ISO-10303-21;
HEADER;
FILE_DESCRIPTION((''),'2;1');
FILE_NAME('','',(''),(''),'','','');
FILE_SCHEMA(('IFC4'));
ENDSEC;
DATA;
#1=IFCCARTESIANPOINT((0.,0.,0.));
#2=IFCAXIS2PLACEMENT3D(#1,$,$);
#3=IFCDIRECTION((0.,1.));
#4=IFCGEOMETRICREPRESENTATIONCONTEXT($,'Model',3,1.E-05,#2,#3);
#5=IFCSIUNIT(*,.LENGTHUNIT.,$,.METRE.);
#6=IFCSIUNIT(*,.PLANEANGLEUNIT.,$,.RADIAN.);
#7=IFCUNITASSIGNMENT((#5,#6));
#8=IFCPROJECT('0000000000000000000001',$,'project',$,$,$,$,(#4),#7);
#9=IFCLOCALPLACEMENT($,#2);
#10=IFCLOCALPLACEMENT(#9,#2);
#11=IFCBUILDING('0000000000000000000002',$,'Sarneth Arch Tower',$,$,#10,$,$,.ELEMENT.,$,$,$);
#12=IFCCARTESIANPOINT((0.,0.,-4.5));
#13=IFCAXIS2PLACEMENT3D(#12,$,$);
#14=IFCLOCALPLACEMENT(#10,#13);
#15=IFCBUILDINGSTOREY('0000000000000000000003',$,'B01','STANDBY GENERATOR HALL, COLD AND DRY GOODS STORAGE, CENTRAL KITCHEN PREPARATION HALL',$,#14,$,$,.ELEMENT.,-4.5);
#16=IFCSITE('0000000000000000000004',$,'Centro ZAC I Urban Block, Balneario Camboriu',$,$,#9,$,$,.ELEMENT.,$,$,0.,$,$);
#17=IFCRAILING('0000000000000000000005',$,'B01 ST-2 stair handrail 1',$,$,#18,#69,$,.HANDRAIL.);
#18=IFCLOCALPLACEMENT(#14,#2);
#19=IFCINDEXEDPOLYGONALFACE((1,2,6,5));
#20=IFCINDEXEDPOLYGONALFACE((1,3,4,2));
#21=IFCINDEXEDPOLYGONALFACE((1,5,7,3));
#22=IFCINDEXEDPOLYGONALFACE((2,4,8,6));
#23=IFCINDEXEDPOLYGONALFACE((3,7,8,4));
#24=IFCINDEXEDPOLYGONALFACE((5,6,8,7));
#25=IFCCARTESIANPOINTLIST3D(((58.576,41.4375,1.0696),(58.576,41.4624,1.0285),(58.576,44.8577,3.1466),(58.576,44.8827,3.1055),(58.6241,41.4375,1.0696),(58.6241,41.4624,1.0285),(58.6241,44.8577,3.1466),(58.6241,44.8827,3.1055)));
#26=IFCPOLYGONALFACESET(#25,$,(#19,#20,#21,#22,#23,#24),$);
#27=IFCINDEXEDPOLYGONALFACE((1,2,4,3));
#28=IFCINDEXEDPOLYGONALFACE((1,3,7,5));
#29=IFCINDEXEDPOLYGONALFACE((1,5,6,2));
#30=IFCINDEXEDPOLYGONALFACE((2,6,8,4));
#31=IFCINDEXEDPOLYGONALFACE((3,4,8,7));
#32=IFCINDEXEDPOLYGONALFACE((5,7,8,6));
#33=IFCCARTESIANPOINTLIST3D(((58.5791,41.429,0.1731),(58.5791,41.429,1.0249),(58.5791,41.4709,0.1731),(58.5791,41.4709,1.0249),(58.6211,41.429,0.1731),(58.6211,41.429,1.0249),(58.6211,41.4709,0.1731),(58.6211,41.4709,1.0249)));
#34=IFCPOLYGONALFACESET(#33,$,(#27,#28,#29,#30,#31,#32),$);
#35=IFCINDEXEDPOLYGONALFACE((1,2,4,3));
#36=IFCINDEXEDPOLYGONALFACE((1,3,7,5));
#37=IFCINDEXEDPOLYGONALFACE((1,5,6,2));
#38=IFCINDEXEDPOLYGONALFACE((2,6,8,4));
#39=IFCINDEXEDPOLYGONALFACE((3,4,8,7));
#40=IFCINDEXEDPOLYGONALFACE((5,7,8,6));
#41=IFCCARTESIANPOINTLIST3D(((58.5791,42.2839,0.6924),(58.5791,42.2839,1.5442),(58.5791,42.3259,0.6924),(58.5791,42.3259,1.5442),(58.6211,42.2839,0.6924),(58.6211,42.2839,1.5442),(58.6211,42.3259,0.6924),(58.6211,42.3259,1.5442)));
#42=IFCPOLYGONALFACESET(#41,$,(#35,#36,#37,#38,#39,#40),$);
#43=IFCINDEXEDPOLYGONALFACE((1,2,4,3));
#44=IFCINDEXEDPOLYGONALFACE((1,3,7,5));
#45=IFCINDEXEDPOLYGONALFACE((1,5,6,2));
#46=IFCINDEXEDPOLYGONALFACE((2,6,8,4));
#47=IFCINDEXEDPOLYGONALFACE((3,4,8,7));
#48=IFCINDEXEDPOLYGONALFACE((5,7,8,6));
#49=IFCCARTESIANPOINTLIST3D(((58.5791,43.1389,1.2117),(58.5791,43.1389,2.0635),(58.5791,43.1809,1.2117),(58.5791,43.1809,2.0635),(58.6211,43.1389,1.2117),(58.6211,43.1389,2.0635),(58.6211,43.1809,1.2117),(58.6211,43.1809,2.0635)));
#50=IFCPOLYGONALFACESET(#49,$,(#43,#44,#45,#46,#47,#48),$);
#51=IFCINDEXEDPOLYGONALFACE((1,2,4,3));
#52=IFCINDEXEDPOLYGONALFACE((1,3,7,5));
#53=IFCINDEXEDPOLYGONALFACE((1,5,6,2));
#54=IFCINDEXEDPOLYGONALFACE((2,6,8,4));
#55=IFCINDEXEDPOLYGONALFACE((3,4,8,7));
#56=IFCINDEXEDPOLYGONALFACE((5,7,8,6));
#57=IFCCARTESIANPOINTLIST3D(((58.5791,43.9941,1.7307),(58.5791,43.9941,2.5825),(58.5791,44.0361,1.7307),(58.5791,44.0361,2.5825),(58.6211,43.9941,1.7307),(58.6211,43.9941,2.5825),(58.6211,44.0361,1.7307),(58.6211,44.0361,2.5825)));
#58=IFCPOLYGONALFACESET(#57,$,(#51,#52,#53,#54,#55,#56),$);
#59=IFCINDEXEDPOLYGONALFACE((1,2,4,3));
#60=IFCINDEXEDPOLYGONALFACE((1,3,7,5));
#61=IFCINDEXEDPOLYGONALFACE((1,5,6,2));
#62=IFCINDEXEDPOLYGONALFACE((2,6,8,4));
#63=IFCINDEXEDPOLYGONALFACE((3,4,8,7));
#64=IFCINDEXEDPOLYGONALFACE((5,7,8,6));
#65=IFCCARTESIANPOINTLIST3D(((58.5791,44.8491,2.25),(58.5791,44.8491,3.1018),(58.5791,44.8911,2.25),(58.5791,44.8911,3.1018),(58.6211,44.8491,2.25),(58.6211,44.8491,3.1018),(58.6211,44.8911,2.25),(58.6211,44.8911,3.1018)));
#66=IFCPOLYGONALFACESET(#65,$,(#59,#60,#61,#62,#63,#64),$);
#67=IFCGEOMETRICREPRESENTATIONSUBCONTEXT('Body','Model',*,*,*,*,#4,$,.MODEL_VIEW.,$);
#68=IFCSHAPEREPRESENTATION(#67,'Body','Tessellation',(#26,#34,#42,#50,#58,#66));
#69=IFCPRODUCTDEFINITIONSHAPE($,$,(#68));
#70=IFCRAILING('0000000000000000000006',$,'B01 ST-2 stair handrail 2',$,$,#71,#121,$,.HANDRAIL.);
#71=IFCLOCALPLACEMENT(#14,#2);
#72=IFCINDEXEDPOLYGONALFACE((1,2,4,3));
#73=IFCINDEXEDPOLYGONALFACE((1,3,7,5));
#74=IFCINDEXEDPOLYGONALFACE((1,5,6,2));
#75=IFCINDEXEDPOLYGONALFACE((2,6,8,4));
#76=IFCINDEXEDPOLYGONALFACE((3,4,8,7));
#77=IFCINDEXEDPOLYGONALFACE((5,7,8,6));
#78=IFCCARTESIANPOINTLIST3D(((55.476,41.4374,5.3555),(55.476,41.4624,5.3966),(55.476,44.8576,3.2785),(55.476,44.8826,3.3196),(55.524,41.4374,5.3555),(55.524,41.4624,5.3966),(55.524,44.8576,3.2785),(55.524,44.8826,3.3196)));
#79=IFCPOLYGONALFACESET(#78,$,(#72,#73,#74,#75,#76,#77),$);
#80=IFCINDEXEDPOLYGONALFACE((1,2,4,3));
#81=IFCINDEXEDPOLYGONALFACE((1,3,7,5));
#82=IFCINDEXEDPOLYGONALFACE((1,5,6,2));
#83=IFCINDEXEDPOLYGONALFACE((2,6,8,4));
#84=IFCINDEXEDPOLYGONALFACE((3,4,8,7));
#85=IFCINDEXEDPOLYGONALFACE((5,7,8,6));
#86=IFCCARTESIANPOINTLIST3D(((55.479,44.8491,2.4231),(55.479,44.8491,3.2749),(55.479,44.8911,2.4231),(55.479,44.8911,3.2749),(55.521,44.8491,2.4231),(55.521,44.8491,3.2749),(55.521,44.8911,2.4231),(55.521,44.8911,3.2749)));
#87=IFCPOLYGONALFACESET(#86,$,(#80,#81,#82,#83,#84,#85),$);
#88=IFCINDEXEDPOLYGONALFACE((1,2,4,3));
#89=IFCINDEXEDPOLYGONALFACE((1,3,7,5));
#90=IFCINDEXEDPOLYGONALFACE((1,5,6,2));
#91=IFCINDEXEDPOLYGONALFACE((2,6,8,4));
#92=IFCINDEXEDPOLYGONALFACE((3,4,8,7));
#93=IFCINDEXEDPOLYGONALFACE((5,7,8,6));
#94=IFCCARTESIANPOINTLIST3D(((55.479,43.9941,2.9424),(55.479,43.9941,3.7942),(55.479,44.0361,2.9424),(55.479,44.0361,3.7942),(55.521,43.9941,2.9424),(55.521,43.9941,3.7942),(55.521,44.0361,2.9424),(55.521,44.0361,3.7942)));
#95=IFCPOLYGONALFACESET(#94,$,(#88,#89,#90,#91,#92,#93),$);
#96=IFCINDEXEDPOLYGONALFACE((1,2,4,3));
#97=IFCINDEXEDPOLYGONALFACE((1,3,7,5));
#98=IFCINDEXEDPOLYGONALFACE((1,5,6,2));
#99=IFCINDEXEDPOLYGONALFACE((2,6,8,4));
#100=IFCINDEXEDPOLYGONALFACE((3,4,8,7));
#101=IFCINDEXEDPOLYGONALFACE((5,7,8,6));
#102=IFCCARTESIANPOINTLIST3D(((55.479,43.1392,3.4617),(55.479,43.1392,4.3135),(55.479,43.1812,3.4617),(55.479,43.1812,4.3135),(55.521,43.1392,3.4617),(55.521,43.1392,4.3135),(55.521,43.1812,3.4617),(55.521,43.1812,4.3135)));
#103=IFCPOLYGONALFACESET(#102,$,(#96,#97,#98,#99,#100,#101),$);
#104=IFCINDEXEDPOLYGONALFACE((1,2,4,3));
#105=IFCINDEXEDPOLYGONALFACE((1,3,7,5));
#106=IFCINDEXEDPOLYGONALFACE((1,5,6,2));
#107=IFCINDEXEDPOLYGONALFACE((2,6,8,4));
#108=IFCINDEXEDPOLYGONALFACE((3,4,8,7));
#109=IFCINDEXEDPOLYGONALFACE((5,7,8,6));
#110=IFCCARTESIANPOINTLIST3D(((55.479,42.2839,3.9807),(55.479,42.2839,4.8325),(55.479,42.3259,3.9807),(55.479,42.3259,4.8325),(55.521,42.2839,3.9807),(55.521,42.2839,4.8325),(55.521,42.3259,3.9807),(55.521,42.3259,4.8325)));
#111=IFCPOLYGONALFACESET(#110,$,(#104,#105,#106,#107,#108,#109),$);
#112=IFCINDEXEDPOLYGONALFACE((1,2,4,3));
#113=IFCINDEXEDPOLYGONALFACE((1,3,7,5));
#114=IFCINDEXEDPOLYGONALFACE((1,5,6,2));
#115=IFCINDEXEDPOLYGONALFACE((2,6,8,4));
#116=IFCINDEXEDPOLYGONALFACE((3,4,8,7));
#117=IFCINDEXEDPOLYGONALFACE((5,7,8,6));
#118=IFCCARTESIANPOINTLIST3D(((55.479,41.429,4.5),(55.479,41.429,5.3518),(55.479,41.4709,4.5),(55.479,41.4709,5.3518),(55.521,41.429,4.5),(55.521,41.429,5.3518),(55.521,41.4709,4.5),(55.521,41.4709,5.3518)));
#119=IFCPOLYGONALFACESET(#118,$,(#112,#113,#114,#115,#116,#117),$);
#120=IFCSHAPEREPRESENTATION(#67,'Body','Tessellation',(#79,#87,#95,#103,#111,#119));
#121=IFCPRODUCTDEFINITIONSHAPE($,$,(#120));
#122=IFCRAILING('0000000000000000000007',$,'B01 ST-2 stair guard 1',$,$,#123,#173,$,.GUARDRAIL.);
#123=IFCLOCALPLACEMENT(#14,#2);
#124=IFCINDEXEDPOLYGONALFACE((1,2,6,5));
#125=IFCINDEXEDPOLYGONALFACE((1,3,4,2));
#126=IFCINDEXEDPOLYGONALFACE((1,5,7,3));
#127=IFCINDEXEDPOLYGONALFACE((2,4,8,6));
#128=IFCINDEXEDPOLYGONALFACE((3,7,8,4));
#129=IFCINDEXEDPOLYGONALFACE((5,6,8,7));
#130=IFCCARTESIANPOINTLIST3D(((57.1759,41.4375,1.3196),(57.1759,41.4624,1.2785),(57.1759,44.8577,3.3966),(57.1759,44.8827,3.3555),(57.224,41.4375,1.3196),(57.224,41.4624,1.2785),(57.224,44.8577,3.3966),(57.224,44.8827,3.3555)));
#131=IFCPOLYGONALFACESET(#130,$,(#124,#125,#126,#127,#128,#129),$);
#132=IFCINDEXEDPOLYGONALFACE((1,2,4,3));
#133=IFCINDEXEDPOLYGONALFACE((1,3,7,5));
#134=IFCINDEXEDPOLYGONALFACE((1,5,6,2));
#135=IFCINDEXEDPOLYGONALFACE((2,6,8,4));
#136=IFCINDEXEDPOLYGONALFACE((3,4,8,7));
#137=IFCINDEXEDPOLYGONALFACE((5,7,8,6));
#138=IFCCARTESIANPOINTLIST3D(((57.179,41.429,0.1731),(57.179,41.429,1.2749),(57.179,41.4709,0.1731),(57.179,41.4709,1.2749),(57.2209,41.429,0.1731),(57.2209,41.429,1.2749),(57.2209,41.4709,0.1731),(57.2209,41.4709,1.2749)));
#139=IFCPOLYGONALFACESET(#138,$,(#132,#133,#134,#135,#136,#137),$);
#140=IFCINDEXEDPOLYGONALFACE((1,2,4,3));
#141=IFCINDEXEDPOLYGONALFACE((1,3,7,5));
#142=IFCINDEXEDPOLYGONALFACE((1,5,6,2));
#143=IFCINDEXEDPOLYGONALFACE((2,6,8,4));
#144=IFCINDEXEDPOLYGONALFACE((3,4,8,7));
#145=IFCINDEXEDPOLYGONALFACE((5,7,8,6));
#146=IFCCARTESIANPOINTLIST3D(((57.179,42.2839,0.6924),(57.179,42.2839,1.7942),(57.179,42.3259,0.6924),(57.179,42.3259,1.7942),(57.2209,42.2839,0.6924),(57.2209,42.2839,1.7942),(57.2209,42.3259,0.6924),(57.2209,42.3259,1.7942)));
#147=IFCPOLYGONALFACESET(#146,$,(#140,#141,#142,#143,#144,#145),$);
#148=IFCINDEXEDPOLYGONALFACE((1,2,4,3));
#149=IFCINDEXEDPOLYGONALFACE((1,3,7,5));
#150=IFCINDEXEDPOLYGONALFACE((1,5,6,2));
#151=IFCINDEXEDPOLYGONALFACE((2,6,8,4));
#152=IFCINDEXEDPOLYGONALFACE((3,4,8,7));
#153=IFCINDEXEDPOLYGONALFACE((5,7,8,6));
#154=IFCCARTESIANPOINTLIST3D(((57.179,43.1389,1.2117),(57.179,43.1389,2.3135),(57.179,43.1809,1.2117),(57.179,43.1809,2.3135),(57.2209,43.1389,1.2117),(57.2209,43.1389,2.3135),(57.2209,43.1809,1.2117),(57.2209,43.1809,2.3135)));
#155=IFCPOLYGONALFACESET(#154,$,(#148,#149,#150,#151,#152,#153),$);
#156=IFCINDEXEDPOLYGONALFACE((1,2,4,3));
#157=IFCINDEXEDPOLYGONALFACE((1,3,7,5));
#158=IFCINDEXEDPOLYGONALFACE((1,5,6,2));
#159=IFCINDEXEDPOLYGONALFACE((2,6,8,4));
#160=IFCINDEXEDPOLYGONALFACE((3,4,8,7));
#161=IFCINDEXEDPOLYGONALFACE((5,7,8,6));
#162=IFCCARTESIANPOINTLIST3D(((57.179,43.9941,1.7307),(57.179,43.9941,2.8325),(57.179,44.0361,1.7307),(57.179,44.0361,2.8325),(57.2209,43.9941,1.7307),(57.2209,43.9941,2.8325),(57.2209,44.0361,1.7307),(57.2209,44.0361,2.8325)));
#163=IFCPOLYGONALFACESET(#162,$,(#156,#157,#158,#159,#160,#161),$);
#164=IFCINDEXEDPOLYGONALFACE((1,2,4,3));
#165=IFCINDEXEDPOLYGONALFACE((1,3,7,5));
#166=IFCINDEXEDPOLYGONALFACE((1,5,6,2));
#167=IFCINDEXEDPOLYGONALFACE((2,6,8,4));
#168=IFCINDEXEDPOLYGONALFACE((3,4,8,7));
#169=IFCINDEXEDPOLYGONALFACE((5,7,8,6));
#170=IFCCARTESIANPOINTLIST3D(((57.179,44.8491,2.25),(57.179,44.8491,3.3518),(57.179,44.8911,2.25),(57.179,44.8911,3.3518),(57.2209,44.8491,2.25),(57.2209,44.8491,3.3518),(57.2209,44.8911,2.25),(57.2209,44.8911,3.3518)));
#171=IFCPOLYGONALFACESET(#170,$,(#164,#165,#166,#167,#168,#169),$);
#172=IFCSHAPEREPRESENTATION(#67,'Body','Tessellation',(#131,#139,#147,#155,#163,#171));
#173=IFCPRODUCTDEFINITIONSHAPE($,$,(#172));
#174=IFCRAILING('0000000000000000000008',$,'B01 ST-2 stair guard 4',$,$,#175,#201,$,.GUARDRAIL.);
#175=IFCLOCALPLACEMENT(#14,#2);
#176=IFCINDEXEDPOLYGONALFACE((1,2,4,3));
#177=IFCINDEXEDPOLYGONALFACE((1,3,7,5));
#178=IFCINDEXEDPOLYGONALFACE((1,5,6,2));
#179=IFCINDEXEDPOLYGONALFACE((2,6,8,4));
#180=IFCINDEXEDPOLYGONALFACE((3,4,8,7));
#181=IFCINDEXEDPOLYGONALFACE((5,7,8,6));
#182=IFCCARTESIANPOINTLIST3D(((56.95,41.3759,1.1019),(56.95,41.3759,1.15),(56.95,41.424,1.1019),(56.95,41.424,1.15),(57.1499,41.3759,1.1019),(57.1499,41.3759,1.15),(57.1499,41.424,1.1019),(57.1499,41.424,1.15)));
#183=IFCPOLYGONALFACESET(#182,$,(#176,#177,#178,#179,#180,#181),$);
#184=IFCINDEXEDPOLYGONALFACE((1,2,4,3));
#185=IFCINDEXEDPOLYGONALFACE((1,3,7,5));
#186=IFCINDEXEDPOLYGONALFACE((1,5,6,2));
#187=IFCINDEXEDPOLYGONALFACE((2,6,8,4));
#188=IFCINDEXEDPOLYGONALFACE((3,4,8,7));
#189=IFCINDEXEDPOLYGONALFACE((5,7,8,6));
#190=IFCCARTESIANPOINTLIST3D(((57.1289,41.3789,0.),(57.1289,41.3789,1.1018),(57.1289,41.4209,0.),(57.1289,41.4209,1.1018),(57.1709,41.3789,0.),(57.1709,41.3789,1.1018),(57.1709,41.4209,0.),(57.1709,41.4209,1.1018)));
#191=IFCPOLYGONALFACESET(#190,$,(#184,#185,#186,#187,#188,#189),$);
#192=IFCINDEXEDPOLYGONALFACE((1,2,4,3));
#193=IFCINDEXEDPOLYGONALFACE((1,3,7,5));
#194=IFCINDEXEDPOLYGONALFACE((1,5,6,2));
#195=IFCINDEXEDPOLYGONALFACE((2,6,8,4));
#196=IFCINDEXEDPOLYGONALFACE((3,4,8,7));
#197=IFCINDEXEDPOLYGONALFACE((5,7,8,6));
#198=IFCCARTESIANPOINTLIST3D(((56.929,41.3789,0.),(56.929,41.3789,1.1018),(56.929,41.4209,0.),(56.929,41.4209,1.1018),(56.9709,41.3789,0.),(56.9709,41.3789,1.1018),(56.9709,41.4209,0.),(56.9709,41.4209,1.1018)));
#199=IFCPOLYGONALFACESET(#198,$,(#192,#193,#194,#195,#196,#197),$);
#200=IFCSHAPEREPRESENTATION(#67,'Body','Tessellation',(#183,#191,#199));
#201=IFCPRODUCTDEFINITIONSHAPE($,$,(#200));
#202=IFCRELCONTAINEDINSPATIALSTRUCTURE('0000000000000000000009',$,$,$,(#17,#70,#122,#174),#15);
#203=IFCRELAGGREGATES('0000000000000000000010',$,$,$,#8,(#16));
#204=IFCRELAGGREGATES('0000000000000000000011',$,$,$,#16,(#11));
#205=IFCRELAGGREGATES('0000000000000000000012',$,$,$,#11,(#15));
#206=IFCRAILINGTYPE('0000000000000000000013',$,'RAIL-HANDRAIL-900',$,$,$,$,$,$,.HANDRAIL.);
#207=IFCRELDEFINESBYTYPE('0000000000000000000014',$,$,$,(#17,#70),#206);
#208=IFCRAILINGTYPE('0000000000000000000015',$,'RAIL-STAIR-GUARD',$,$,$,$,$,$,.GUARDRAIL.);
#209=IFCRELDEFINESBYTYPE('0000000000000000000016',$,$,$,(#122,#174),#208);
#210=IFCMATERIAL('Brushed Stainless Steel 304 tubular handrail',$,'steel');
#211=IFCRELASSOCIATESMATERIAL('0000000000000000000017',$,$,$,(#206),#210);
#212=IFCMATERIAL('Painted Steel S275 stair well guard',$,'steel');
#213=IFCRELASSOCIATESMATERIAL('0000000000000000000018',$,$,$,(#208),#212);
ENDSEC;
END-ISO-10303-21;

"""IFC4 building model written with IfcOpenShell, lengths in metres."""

from ifc_helpers import new_model, si_unit, direction, frame, origin, origin_2d, place, context, subcontext, project, spatial, rectangle, extrude, material, type_object, element, save


model = new_model("IFC4")

# Units and contexts
model_context = context("Model", 3, precision=1e-05, world=origin(), true_north=direction((0.0, 1.0)))
body_context = subcontext(model_context, "Body", "Model", "MODEL_VIEW")
ifc_project = project(units=[si_unit("LENGTHUNIT", "METRE"), si_unit("PLANEANGLEUNIT", "RADIAN")], contexts=[model_context])

# Site, building, storey
site_placement = place(None, origin())
site = spatial("IfcSite", under=ifc_project, at=site_placement, Name="Centro ZAC I Urban Block, Balneario Camboriu", CompositionType="ELEMENT", RefElevation=0.0)
building_placement = place(site_placement, origin())
building = spatial("IfcBuilding", under=site, at=building_placement, Name="Sarneth Arch Tower", CompositionType="ELEMENT")
storey_placement = place(building_placement, frame((0.0, 0.0, -4.5)))
storey = spatial("IfcBuildingStorey", under=building, at=storey_placement, Name="B01", Description="STANDBY GENERATOR HALL, COLD AND DRY GOODS STORAGE, CENTRAL KITCHEN PREPARATION HALL", CompositionType="ELEMENT", Elevation=-4.5)

# Railings
ifc_material_1 = material(Name="Brushed Stainless Steel 304 tubular handrail", Category="steel")
railing_type_1 = type_object("IfcRailingType", Name="RAIL-HANDRAIL-900", PredefinedType="HANDRAIL", material=ifc_material_1)
railing_1_placement = place(storey_placement, frame((58.6001, 41.45, 0.1731)))
element("IfcRailing", 1, at=railing_1_placement, inside=storey, type_object=railing_type_1, Name="B01 ST-2 stair handrail 1", PredefinedType="HANDRAIL", context=body_context, shape_type="SweptSolid", body=[
    extrude(rectangle(XDim=0.0481, YDim=0.0481, at=origin_2d()), frame((0.0, 0.0, 0.876), z_axis=(0.0, 0.854746, 0.519047), x_axis=(-1.0, 0.0, 0.0)), (0.0, 0.0, 1.0), 4.0015),
    extrude(rectangle(XDim=0.042, YDim=0.042, at=origin_2d()), origin(), (0.0, 0.0, 1.0), 0.8518),
    extrude(rectangle(XDim=0.042, YDim=0.042, at=origin_2d()), frame((0.0, 0.855, 0.5193)), (0.0, 0.0, 1.0), 0.8518),
    extrude(rectangle(XDim=0.042, YDim=0.042, at=origin_2d()), frame((0.0, 1.71, 1.0386)), (0.0, 0.0, 1.0), 0.8518),
    extrude(rectangle(XDim=0.042, YDim=0.042, at=origin_2d()), frame((0.0, 2.5652, 1.5576)), (0.0, 0.0, 1.0), 0.8518),
    extrude(rectangle(XDim=0.042, YDim=0.042, at=origin_2d()), frame((0.0, 3.4202, 2.0769)), (0.0, 0.0, 1.0), 0.8518),
])
railing_2_placement = place(storey_placement, frame((55.5, 44.8701, 2.4231)))
element("IfcRailing", 2, at=railing_2_placement, inside=storey, type_object=railing_type_1, Name="B01 ST-2 stair handrail 2", PredefinedType="HANDRAIL", context=body_context, shape_type="SweptSolid", body=[
    extrude(rectangle(XDim=0.0481, YDim=0.0481, at=origin_2d()), frame((0.0, 0.0, 0.876), z_axis=(0.0, -0.854746, 0.519047), x_axis=(1.0, 0.0, 0.0)), (0.0, 0.0, 1.0), 4.0015),
    extrude(rectangle(XDim=0.042, YDim=0.042, at=origin_2d()), origin(), (0.0, 0.0, 1.0), 0.8518),
    extrude(rectangle(XDim=0.042, YDim=0.042, at=origin_2d()), frame((0.0, -0.855, 0.5193)), (0.0, 0.0, 1.0), 0.8518),
    extrude(rectangle(XDim=0.042, YDim=0.042, at=origin_2d()), frame((0.0, -1.71, 1.0386)), (0.0, 0.0, 1.0), 0.8518),
    extrude(rectangle(XDim=0.042, YDim=0.042, at=origin_2d()), frame((0.0, -2.5652, 1.5576)), (0.0, 0.0, 1.0), 0.8518),
    extrude(rectangle(XDim=0.042, YDim=0.042, at=origin_2d()), frame((0.0, -3.4202, 2.0769)), (0.0, 0.0, 1.0), 0.8518),
])
ifc_material_2 = material(Name="Painted Steel S275 stair well guard", Category="steel")
railing_type_2 = type_object("IfcRailingType", Name="RAIL-STAIR-GUARD", PredefinedType="GUARDRAIL", material=ifc_material_2)
railing_3_placement = place(storey_placement, frame((57.2, 41.45, 0.1731)))
element("IfcRailing", 3, at=railing_3_placement, inside=storey, type_object=railing_type_2, Name="B01 ST-2 stair guard 1", PredefinedType="GUARDRAIL", context=body_context, shape_type="SweptSolid", body=[
    extrude(rectangle(XDim=0.0481, YDim=0.0481, at=origin_2d()), frame((0.0, 0.0, 1.126), z_axis=(0.0, 0.854746, 0.519047), x_axis=(-1.0, 0.0, 0.0)), (0.0, 0.0, 1.0), 4.0015),
    extrude(rectangle(XDim=0.042, YDim=0.042, at=origin_2d()), origin(), (0.0, 0.0, 1.0), 1.1018),
    extrude(rectangle(XDim=0.042, YDim=0.042, at=origin_2d()), frame((0.0, 0.855, 0.5193)), (0.0, 0.0, 1.0), 1.1018),
    extrude(rectangle(XDim=0.042, YDim=0.042, at=origin_2d()), frame((0.0, 1.71, 1.0386)), (0.0, 0.0, 1.0), 1.1018),
    extrude(rectangle(XDim=0.042, YDim=0.042, at=origin_2d()), frame((0.0, 2.5652, 1.5576)), (0.0, 0.0, 1.0), 1.1018),
    extrude(rectangle(XDim=0.042, YDim=0.042, at=origin_2d()), frame((0.0, 3.4202, 2.0769)), (0.0, 0.0, 1.0), 1.1018),
])
railing_4_placement = place(storey_placement, frame((57.1499, 41.3999, 0.0)))
element("IfcRailing", 4, at=railing_4_placement, inside=storey, type_object=railing_type_2, Name="B01 ST-2 stair guard 4", PredefinedType="GUARDRAIL", context=body_context, shape_type="SweptSolid", body=[
    extrude(rectangle(XDim=0.0481, YDim=0.0481, at=origin_2d()), frame((0.0, 0.0, 1.126), z_axis=(-1.0, 0.0, 0.0), x_axis=(0.0, -1.0, 0.0)), (0.0, 0.0, 1.0), 0.2),
    extrude(rectangle(XDim=0.042, YDim=0.042, at=origin_2d()), origin(), (0.0, 0.0, 1.0), 1.1018),
    extrude(rectangle(XDim=0.042, YDim=0.042, at=origin_2d()), frame((-0.2, 0.0, 0.0)), (0.0, 0.0, 1.0), 1.1018),
])

save(model, "model.ifc")
